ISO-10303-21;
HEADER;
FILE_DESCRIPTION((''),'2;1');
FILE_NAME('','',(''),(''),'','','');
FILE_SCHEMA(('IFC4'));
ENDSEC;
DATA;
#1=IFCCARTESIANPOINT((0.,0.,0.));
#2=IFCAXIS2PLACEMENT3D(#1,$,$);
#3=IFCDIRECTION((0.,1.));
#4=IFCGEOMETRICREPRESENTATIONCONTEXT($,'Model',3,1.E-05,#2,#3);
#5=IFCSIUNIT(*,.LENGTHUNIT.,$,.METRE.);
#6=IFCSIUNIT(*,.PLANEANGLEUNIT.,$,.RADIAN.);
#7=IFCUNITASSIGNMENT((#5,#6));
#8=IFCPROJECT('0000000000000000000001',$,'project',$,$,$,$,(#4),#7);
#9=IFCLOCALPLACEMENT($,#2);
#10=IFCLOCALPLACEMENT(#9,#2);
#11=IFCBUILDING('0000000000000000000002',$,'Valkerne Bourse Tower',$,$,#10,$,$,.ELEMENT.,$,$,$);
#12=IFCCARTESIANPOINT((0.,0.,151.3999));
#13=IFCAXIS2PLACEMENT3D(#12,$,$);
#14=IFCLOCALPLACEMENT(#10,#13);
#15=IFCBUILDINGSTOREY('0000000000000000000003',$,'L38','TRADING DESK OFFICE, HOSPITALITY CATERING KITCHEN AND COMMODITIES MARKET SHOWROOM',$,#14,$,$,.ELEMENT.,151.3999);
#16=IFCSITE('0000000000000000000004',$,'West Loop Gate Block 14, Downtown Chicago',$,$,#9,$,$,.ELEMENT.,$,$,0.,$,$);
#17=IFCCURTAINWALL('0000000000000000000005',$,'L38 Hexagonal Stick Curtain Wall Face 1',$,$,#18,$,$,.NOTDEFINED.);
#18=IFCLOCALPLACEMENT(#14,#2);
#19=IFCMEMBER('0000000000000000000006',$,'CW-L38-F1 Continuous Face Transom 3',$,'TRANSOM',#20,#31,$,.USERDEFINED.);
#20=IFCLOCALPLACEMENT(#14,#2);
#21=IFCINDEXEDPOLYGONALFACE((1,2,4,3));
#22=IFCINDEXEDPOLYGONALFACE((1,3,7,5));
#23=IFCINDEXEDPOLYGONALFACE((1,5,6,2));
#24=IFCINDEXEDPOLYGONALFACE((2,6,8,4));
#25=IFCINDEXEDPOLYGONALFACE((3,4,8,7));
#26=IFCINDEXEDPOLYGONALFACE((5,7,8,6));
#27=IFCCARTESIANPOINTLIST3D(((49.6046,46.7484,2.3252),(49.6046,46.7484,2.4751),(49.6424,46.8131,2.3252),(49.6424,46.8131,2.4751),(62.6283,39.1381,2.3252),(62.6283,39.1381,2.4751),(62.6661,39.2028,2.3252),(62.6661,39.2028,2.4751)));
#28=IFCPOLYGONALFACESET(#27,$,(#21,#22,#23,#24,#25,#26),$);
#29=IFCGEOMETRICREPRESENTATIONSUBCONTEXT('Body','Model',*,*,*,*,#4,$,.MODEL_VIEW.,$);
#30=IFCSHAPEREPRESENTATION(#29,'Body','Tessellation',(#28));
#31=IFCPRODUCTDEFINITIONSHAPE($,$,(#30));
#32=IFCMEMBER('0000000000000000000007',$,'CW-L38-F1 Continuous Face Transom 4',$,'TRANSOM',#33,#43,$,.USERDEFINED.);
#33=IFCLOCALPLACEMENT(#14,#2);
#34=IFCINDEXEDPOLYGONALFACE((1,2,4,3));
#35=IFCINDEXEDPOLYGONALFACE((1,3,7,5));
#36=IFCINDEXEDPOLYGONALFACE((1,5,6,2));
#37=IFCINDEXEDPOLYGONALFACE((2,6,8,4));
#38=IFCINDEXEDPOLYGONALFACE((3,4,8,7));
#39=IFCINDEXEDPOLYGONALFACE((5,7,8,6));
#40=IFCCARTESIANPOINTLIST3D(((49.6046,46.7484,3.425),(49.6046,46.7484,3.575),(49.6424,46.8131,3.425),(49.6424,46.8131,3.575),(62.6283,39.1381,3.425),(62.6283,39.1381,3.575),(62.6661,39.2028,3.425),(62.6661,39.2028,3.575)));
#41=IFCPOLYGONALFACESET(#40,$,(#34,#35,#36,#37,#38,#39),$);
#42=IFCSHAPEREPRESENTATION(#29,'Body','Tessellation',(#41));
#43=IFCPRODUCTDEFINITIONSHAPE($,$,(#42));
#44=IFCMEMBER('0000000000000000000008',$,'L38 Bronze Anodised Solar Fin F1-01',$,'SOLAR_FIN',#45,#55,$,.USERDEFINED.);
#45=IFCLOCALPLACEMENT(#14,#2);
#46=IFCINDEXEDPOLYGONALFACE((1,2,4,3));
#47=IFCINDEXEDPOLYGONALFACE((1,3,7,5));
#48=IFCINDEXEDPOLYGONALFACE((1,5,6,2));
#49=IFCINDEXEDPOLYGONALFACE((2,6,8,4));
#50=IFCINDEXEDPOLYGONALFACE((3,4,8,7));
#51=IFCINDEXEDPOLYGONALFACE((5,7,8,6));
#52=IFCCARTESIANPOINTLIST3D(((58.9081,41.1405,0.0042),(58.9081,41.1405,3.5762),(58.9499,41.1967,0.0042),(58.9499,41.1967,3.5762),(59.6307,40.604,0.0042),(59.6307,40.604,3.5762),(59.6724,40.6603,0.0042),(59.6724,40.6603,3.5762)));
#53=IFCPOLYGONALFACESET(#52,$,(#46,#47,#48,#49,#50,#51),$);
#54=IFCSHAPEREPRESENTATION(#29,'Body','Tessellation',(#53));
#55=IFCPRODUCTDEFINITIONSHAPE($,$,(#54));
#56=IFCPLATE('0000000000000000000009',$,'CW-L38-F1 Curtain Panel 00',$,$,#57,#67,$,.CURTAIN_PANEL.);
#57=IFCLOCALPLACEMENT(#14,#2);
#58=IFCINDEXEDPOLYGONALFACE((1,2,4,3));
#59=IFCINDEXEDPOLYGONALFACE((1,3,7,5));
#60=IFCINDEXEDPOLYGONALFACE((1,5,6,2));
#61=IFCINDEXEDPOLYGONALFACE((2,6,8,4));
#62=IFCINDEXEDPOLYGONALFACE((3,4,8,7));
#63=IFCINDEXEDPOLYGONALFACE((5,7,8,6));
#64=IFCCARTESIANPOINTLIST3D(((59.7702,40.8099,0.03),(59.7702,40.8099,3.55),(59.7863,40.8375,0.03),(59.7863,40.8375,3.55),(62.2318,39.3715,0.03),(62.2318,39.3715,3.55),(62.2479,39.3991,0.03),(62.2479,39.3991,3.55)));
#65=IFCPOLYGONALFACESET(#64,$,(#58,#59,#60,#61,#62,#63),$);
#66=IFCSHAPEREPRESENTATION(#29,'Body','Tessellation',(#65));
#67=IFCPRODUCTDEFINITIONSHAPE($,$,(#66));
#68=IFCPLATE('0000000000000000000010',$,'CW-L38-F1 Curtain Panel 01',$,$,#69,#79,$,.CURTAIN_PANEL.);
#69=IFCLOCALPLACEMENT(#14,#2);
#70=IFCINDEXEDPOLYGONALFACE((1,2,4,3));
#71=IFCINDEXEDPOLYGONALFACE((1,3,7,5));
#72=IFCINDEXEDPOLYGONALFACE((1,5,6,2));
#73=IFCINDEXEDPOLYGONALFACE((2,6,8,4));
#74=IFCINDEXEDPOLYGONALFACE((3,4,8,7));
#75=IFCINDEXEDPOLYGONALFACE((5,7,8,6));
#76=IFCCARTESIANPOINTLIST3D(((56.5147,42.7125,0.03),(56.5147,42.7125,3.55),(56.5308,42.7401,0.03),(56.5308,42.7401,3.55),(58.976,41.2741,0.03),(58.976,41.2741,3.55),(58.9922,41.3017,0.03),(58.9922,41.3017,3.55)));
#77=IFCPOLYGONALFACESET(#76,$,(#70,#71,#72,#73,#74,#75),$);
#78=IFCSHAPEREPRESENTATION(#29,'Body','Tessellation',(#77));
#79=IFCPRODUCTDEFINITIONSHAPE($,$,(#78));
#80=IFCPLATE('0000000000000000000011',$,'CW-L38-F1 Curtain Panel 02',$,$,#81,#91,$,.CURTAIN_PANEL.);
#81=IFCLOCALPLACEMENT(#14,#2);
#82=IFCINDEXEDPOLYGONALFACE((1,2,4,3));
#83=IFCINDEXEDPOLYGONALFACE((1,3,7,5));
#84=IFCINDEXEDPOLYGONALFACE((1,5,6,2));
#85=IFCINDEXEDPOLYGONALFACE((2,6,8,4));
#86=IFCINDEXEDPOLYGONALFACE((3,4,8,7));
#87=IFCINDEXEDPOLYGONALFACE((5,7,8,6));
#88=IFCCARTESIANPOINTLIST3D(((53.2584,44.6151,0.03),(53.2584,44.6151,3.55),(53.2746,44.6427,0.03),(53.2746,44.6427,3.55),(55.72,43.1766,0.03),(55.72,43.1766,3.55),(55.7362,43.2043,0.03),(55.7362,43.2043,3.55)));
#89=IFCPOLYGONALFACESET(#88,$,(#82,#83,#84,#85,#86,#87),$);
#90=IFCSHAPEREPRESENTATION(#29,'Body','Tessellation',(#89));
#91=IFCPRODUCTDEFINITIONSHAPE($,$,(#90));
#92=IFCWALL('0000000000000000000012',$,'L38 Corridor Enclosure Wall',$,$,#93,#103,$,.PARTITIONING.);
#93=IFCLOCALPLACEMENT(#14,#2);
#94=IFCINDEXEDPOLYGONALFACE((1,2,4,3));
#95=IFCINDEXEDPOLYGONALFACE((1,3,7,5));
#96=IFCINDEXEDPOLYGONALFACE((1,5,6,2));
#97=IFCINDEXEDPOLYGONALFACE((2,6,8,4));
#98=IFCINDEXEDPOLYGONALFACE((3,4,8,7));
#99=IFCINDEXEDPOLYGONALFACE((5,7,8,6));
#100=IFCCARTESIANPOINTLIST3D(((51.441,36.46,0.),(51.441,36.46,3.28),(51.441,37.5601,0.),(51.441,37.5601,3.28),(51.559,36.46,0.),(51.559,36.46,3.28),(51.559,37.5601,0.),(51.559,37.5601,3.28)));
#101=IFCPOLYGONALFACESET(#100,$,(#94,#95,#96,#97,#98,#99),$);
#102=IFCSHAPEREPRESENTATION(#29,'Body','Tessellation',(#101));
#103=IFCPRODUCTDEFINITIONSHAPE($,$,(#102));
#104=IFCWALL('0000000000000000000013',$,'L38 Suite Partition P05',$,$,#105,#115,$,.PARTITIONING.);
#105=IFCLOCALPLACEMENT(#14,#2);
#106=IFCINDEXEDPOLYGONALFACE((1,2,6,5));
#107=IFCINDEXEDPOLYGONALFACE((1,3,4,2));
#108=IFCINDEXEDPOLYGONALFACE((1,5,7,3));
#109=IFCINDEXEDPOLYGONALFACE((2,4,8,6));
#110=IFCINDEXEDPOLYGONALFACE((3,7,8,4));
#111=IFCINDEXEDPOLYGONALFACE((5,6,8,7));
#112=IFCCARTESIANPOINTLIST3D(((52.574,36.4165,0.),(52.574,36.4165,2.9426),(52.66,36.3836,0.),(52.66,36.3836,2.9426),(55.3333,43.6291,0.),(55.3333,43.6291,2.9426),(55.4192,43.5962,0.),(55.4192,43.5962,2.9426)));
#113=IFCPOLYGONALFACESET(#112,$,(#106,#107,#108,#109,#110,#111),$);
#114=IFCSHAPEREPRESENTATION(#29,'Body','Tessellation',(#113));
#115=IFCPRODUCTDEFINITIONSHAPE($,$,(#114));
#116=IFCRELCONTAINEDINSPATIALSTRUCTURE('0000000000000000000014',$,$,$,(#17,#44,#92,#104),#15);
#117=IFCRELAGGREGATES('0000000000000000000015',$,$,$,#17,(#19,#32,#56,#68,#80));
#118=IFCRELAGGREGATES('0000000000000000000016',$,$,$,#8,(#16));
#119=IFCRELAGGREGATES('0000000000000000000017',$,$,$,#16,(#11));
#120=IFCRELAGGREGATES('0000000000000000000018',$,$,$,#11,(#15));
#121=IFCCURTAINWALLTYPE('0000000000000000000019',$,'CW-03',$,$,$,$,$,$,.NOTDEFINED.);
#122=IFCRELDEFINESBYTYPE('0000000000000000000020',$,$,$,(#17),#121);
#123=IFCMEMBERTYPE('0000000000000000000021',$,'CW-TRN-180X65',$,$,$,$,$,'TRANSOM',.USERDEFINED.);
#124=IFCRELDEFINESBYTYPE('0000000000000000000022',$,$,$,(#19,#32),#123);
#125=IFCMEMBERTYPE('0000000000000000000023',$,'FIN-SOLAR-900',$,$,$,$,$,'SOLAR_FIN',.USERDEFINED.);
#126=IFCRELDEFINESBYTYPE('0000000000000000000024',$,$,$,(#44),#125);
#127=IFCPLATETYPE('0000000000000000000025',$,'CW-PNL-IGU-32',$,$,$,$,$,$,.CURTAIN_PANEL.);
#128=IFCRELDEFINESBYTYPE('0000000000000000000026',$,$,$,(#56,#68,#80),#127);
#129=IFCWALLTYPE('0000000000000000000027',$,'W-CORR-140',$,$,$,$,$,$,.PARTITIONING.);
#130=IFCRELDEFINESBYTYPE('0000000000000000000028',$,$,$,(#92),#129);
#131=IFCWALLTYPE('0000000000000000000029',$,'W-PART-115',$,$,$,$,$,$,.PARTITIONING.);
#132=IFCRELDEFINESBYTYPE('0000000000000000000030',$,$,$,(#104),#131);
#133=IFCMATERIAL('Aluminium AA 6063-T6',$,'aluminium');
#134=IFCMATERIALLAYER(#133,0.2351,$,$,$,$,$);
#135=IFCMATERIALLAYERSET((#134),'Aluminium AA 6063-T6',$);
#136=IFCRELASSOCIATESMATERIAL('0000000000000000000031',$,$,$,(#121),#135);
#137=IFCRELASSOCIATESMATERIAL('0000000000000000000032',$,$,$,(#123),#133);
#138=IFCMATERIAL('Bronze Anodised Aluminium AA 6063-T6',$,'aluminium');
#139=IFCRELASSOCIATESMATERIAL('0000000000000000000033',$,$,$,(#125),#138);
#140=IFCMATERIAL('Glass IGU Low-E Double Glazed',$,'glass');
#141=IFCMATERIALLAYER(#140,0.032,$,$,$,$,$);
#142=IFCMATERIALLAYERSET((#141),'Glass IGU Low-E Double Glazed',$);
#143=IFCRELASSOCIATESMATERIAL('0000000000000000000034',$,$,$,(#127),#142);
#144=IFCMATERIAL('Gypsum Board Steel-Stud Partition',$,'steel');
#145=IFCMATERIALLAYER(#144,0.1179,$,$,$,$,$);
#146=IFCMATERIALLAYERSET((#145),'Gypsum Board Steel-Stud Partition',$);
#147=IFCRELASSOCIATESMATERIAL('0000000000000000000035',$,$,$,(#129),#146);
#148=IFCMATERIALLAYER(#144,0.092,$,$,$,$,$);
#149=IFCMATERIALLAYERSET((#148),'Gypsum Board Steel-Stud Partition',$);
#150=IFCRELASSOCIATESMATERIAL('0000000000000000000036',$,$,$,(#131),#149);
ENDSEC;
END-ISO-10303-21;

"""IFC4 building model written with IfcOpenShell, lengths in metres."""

from ifc_helpers import new_model, si_unit, direction, frame, frame_2d, origin, origin_2d, place, context, subcontext, project, spatial, rectangle, extrude, material, layer, layer_set, material_profile, profile_set, type_object, element, aggregate, save


model = new_model("IFC4")

# Units and contexts
model_context = context("Model", 3, precision=1e-05, world=origin(), true_north=direction((0.0, 1.0)))
body_context = subcontext(model_context, "Body", "Model", "MODEL_VIEW")
ifc_project = project(units=[si_unit("LENGTHUNIT", "METRE"), si_unit("PLANEANGLEUNIT", "RADIAN")], contexts=[model_context])

# Site, building, storey
site_placement = place(None, origin())
site = spatial("IfcSite", under=ifc_project, at=site_placement, Name="West Loop Gate Block 14, Downtown Chicago", CompositionType="ELEMENT", RefElevation=0.0)
building_placement = place(site_placement, origin())
building = spatial("IfcBuilding", under=site, at=building_placement, Name="Valkerne Bourse Tower", CompositionType="ELEMENT")
storey_placement = place(building_placement, frame((0.0, 0.0, 151.3999)))
storey = spatial("IfcBuildingStorey", under=building, at=storey_placement, Name="L38", Description="TRADING DESK OFFICE, HOSPITALITY CATERING KITCHEN AND COMMODITIES MARKET SHOWROOM", CompositionType="ELEMENT", Elevation=151.3999)

# Curtain wall
ifc_material_1 = material(Name="Aluminium AA 6063-T6", Category="aluminium")
ifc_layer_1 = layer(ifc_material_1, 0.2351)
ifc_layer_set_1 = layer_set([ifc_layer_1], Name="Aluminium AA 6063-T6")
curtain_wall_type = type_object("IfcCurtainWallType", Name="CW-03", PredefinedType="NOTDEFINED", material=ifc_layer_set_1)
curtain_wall_1_placement = place(storey_placement, origin())
curtain_wall_1 = element("IfcCurtainWall", 1, at=curtain_wall_1_placement, inside=storey, type_object=curtain_wall_type, Name="L38 Hexagonal Stick Curtain Wall Face 1", PredefinedType="NOTDEFINED")

# Members
ifc_material_profile_1 = material_profile(ifc_material_1, rectangle(XDim=0.075, YDim=0.1499, at=origin_2d()), Name="CWT-75X150")
ifc_profile_set_1 = profile_set([ifc_material_profile_1], Name="Aluminium AA 6063-T6")
member_type_1 = type_object("IfcMemberType", Name="CW-TRN-180X65", ElementType="TRANSOM", PredefinedType="USERDEFINED", material=ifc_profile_set_1)
member_1_placement = place(storey_placement, frame((62.6472, 39.1704, 2.4001), z_axis=(-0.863398, 0.504524, 0.0), x_axis=(-0.504524, -0.863398, 0.0)))
member_1 = element("IfcMember", 2, at=member_1_placement, type_object=member_type_1, Name="CW-L38-F1 Continuous Face Transom 3", ObjectType="TRANSOM", PredefinedType="USERDEFINED", context=body_context, shape_type="SweptSolid", body=[
    extrude(rectangle(XDim=0.075, YDim=0.1499, at=origin_2d()), origin(), (0.0, 0.0, 1.0), 15.0842),
])
member_2_placement = place(storey_placement, frame((62.6472, 39.1704, 3.5), z_axis=(-0.863398, 0.504524, 0.0), x_axis=(-0.504524, -0.863398, 0.0)))
member_2 = element("IfcMember", 3, at=member_2_placement, type_object=member_type_1, Name="CW-L38-F1 Continuous Face Transom 4", ObjectType="TRANSOM", PredefinedType="USERDEFINED", context=body_context, shape_type="SweptSolid", body=[
    extrude(rectangle(XDim=0.075, YDim=0.1499, at=origin_2d()), origin(), (0.0, 0.0, 1.0), 15.0842),
])
ifc_material_2 = material(Name="Bronze Anodised Aluminium AA 6063-T6", Category="aluminium")
ifc_material_profile_2 = material_profile(ifc_material_2, rectangle(XDim=0.0701, YDim=0.8999, at=origin_2d()), Name="FIN-70X900")
ifc_profile_set_2 = profile_set([ifc_material_profile_2], Name="Bronze Anodised Aluminium AA 6063-T6")
member_type_2 = type_object("IfcMemberType", Name="FIN-SOLAR-900", ElementType="SOLAR_FIN", PredefinedType="USERDEFINED", material=ifc_profile_set_2)
member_3_placement = place(storey_placement, frame((59.2903, 40.9004, 0.0042), z_axis=(0.0, 0.0, 1.0), x_axis=(0.5961, 0.80291, 0.0)))
element("IfcMember", 4, at=member_3_placement, inside=storey, type_object=member_type_2, Name="L38 Bronze Anodised Solar Fin F1-01", ObjectType="SOLAR_FIN", PredefinedType="USERDEFINED", context=body_context, shape_type="SweptSolid", body=[
    extrude(rectangle(XDim=0.0701, YDim=0.8999, at=origin_2d()), origin(), (0.0, 0.0, 1.0), 3.572),
])

# Plates
ifc_material_3 = material(Name="Glass IGU Low-E Double Glazed", Category="glass")
ifc_layer_2 = layer(ifc_material_3, 0.032)
ifc_layer_set_2 = layer_set([ifc_layer_2], Name="Glass IGU Low-E Double Glazed")
plate_type = type_object("IfcPlateType", Name="CW-PNL-IGU-32", PredefinedType="CURTAIN_PANEL", material=ifc_layer_set_2)
plate_1_placement = place(storey_placement, frame((61.009, 40.1045, 0.03), z_axis=(0.0, 0.0, 1.0), x_axis=(-0.863395, 0.504529, 0.0)))
plate_1 = element("IfcPlate", 5, at=plate_1_placement, type_object=plate_type, Name="CW-L38-F1 Curtain Panel 00", PredefinedType="CURTAIN_PANEL", context=body_context, shape_type="SweptSolid", body=[
    extrude(rectangle(XDim=2.8511, YDim=0.032, at=origin_2d()), origin(), (0.0, 0.0, 1.0), 3.52),
])
plate_2_placement = place(storey_placement, frame((57.7534, 42.0071, 0.03), z_axis=(0.0, 0.0, 1.0), x_axis=(-0.863388, 0.50454, 0.0)))
plate_2 = element("IfcPlate", 6, at=plate_2_placement, type_object=plate_type, Name="CW-L38-F1 Curtain Panel 01", PredefinedType="CURTAIN_PANEL", context=body_context, shape_type="SweptSolid", body=[
    extrude(rectangle(XDim=2.8508, YDim=0.032, at=origin_2d()), origin(), (0.0, 0.0, 1.0), 3.52),
])
plate_3_placement = place(storey_placement, frame((54.4973, 43.9097, 0.03), z_axis=(0.0, 0.0, 1.0), x_axis=(-0.863395, 0.504529, 0.0)))
plate_3 = element("IfcPlate", 7, at=plate_3_placement, type_object=plate_type, Name="CW-L38-F1 Curtain Panel 02", PredefinedType="CURTAIN_PANEL", context=body_context, shape_type="SweptSolid", body=[
    extrude(rectangle(XDim=2.8511, YDim=0.032, at=origin_2d()), origin(), (0.0, 0.0, 1.0), 3.52),
])
aggregate(curtain_wall_1, [member_1, member_2, plate_1, plate_2, plate_3])

# Walls
ifc_material_4 = material(Name="Gypsum Board Steel-Stud Partition", Category="steel")
ifc_layer_3 = layer(ifc_material_4, 0.1179)
ifc_layer_set_3 = layer_set([ifc_layer_3], Name="Gypsum Board Steel-Stud Partition")
wall_type_1 = type_object("IfcWallType", Name="W-CORR-140", PredefinedType="PARTITIONING", material=ifc_layer_set_3)
wall_1_placement = place(storey_placement, frame((51.5, 37.5601, 0.0), z_axis=(0.0, 0.0, 1.0), x_axis=(0.0, -1.0, 0.0)))
element("IfcWall", 8, at=wall_1_placement, inside=storey, type_object=wall_type_1, Name="L38 Corridor Enclosure Wall", PredefinedType="PARTITIONING", context=body_context, shape_type="SweptSolid", body=[
    extrude(rectangle(XDim=1.1001, YDim=0.1179, at=frame_2d((0.55, 0.0))), origin(), (0.0, 0.0, 1.0), 3.28),
])
ifc_layer_4 = layer(ifc_material_4, 0.092)
ifc_layer_set_4 = layer_set([ifc_layer_4], Name="Gypsum Board Steel-Stud Partition")
wall_type_2 = type_object("IfcWallType", Name="W-PART-115", PredefinedType="PARTITIONING", material=ifc_layer_set_4)
wall_2_placement = place(storey_placement, frame((52.6169, 36.3999, 0.0), z_axis=(0.0, 0.0, 1.0), x_axis=(0.357307, 0.933987, 0.0)))
element("IfcWall", 9, at=wall_2_placement, inside=storey, type_object=wall_type_2, Name="L38 Suite Partition P05", PredefinedType="PARTITIONING", context=body_context, shape_type="SweptSolid", body=[
    extrude(rectangle(XDim=7.7224, YDim=0.092, at=frame_2d((3.8613, 0.0))), origin(), (0.0, 0.0, 1.0), 2.9426),
])

save(model, "model.ifc")
